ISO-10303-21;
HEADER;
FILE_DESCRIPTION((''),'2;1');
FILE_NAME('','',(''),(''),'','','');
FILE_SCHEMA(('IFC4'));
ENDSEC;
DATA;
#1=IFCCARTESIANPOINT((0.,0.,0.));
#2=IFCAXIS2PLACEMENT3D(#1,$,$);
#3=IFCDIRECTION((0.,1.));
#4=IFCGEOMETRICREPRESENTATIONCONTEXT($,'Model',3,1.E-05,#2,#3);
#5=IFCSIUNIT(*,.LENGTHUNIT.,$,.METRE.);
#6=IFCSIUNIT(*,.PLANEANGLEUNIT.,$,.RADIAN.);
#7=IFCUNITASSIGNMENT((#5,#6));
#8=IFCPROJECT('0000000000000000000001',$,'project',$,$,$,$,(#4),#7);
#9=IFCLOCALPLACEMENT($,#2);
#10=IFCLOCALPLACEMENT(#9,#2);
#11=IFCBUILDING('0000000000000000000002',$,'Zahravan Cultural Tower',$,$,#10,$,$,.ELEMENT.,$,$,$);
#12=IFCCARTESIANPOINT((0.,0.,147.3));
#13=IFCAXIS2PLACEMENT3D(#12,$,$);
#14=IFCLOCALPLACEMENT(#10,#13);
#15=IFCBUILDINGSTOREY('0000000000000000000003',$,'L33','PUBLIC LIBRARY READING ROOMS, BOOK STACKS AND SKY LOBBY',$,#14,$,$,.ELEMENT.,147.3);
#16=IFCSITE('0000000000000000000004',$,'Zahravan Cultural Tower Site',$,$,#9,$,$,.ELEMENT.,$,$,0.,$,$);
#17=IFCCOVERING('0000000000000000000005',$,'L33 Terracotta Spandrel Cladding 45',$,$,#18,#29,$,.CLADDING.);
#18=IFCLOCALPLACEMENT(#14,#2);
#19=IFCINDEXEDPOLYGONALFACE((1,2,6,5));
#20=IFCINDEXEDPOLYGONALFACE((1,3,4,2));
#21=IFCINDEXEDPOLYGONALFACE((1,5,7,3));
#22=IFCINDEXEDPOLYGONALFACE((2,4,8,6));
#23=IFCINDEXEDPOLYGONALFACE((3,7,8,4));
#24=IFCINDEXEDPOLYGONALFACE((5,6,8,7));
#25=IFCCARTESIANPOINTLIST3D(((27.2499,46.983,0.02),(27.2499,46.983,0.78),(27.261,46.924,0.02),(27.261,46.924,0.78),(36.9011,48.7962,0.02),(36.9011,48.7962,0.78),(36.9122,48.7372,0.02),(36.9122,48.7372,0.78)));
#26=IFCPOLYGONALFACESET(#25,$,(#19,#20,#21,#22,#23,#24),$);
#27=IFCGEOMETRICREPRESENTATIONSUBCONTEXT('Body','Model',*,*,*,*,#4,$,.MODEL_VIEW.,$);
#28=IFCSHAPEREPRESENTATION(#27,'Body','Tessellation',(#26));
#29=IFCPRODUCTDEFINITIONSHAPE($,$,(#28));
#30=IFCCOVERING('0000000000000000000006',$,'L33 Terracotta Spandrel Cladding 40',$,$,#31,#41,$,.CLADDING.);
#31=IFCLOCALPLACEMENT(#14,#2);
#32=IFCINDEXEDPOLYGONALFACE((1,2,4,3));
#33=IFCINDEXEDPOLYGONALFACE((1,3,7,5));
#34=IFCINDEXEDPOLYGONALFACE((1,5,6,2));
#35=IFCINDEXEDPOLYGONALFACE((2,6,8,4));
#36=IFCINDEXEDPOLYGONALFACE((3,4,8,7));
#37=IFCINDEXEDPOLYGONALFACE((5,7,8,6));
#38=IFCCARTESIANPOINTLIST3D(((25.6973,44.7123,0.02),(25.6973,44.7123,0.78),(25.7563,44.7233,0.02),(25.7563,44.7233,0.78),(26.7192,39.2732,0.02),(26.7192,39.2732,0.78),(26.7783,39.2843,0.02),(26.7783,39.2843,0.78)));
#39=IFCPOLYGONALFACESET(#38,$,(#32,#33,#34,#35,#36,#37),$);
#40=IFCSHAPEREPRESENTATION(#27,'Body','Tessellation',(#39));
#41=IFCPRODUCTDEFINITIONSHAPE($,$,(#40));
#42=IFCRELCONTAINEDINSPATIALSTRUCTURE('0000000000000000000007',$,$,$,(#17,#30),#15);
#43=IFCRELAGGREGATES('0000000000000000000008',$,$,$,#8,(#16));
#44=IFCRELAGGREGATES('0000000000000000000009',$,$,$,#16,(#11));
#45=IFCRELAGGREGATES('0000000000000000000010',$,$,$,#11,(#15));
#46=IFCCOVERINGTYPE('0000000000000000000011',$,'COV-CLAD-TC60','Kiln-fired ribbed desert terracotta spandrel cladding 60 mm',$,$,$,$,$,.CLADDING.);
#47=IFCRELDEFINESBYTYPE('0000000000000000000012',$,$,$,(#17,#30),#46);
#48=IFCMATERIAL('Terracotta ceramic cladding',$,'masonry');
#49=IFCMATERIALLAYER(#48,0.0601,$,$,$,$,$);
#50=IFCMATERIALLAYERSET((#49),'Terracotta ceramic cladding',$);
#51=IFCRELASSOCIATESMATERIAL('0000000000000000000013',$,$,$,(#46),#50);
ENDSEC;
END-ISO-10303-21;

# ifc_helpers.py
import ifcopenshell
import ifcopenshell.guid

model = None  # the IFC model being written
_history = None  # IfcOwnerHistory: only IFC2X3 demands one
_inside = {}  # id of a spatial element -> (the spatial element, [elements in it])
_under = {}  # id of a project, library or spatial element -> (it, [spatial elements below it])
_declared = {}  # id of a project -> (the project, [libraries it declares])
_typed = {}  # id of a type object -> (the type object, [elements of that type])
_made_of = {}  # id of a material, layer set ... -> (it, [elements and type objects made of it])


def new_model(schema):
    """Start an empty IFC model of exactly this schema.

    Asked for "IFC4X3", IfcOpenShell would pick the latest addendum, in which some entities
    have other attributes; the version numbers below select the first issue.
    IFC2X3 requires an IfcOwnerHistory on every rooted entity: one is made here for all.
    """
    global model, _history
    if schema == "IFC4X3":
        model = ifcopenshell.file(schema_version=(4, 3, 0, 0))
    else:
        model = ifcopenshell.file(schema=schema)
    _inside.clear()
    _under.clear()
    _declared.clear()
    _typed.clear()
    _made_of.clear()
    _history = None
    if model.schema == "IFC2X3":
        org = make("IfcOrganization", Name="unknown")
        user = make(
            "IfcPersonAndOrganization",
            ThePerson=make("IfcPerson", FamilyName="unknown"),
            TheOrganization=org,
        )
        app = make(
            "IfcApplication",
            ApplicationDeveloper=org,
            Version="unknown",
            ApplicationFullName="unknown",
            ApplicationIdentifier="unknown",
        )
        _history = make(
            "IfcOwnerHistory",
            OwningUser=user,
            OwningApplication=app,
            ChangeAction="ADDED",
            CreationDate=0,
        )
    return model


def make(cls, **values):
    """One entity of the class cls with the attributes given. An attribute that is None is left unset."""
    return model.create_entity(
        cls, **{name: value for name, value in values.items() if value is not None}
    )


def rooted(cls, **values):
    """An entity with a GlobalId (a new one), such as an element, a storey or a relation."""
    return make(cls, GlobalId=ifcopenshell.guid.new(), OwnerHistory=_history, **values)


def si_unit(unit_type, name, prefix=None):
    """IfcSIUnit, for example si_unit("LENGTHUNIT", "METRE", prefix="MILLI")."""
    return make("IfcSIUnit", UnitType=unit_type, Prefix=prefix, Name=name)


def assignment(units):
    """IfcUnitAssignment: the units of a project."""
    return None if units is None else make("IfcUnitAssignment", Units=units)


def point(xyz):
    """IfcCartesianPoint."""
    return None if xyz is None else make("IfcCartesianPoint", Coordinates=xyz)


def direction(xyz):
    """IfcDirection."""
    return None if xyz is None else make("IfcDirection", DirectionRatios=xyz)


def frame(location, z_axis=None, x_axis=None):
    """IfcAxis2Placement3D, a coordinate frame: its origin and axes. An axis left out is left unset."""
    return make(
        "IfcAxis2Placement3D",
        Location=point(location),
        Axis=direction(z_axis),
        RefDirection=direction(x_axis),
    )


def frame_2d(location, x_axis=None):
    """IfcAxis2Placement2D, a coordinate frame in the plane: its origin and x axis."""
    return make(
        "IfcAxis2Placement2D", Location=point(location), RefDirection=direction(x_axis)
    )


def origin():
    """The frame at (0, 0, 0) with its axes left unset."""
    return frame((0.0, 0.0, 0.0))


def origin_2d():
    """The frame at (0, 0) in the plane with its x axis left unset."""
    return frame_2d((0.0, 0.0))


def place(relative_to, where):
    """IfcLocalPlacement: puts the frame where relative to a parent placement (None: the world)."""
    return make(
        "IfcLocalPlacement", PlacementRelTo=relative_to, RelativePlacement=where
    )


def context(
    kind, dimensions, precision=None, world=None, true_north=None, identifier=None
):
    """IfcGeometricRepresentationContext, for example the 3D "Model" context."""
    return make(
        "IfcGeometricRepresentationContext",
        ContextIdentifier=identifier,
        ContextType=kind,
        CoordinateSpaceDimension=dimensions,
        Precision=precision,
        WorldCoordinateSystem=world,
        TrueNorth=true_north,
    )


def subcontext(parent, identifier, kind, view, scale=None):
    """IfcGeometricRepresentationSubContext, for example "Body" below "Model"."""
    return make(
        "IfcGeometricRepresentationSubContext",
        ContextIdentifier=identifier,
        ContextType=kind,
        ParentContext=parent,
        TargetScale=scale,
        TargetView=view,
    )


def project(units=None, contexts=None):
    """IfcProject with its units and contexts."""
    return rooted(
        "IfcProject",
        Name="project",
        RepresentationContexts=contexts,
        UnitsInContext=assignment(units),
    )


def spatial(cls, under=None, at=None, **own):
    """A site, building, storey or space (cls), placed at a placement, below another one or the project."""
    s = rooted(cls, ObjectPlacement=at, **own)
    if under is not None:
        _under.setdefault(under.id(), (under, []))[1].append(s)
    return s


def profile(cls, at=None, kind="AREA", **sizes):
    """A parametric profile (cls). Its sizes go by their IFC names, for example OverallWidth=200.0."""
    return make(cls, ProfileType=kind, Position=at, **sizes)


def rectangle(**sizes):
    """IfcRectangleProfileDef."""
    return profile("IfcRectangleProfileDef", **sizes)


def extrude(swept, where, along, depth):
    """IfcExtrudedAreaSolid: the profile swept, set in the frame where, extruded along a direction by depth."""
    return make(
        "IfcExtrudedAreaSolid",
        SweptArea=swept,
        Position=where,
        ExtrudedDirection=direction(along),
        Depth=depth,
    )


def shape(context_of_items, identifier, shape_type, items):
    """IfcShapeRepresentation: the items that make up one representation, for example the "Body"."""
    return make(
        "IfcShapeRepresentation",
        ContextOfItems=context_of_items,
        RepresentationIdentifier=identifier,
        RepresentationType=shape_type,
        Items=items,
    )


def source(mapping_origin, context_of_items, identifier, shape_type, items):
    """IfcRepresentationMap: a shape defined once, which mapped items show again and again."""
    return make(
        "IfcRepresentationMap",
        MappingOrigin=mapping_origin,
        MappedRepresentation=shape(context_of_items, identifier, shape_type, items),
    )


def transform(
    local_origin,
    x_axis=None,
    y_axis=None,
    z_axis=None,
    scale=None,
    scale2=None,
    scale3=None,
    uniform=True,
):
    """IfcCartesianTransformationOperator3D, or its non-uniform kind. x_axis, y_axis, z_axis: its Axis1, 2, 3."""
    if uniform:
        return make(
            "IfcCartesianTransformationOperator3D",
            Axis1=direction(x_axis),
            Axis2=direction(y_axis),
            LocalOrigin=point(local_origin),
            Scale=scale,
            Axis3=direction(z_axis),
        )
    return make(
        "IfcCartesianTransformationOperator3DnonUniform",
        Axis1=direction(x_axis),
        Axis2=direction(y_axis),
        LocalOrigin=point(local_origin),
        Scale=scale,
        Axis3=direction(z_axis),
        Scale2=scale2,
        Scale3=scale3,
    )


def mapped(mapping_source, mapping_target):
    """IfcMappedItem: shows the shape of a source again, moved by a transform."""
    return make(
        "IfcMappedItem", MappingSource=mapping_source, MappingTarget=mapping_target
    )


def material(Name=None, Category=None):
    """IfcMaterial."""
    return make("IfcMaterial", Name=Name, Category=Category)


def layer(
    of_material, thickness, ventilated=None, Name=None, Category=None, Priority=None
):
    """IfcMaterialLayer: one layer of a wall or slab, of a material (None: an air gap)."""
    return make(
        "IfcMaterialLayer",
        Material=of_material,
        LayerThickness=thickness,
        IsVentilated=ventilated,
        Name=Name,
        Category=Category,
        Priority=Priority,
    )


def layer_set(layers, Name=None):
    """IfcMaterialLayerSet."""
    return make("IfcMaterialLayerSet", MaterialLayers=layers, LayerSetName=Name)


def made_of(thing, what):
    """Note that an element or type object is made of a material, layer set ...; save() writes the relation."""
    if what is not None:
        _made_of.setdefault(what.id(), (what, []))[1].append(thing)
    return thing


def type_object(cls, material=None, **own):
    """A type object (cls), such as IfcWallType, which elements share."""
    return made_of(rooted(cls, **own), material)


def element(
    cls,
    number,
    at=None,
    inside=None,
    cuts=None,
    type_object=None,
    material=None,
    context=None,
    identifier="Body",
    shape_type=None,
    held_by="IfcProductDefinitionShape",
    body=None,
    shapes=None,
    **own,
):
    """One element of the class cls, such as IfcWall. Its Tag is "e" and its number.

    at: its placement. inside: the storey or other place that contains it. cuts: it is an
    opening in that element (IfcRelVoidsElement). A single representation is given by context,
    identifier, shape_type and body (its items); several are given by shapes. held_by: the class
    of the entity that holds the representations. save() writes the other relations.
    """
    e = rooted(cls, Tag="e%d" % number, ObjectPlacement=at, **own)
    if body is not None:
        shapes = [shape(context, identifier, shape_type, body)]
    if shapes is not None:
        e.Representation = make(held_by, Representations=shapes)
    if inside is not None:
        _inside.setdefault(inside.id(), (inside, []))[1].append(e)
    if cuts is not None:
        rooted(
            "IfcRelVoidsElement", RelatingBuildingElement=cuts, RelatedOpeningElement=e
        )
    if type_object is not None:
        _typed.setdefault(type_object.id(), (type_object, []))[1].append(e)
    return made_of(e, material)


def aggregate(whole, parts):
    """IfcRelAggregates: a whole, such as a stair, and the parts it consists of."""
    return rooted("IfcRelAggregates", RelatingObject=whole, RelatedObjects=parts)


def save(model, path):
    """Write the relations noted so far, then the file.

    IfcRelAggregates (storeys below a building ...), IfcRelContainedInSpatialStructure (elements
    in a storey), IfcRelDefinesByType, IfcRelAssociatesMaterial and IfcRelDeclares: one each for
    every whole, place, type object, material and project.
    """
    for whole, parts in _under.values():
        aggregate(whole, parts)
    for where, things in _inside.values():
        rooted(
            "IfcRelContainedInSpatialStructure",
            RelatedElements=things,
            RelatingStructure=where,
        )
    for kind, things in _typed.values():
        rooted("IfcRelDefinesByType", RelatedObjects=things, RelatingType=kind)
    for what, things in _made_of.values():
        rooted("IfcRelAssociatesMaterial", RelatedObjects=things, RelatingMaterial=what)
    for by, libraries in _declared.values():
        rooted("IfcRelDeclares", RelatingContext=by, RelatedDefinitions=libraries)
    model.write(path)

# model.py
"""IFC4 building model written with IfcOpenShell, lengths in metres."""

from ifc_helpers import new_model, si_unit, direction, frame, origin, origin_2d, place, context, subcontext, project, spatial, rectangle, extrude, source, transform, mapped, material, layer, layer_set, type_object, element, save


model = new_model("IFC4")

# Units and contexts
model_context = context("Model", 3, precision=1e-05, world=origin(), true_north=direction((0.0, 1.0)))
body_context = subcontext(model_context, "Body", "Model", "MODEL_VIEW")
ifc_project = project(units=[si_unit("LENGTHUNIT", "METRE"), si_unit("PLANEANGLEUNIT", "RADIAN")], contexts=[model_context])

# Site, building, storey
site_placement = place(None, origin())
site = spatial("IfcSite", under=ifc_project, at=site_placement, Name="Zahravan Cultural Tower Site", CompositionType="ELEMENT", RefElevation=0.0)
building_placement = place(site_placement, origin())
building = spatial("IfcBuilding", under=site, at=building_placement, Name="Zahravan Cultural Tower", CompositionType="ELEMENT")
storey_placement = place(building_placement, frame((0.0, 0.0, 147.3)))
storey = spatial("IfcBuildingStorey", under=building, at=storey_placement, Name="L33", Description="PUBLIC LIBRARY READING ROOMS, BOOK STACKS AND SKY LOBBY", CompositionType="ELEMENT", Elevation=147.3)

# Coverings
ifc_material_1 = material(Name="Terracotta ceramic cladding", Category="masonry")
ifc_layer_1 = layer(ifc_material_1, 0.0601)
ifc_layer_set_1 = layer_set([ifc_layer_1], Name="Terracotta ceramic cladding")
covering_type = type_object("IfcCoveringType", Name="COV-CLAD-TC60", Description="Kiln-fired ribbed desert terracotta spandrel cladding 60 mm", PredefinedType="CLADDING", material=ifc_layer_set_1)
shared_shape_1 = source(origin(), body_context, "Body", "SweptSolid", [
    extrude(rectangle(XDim=9.8201, YDim=0.0601, at=origin_2d()), origin(), (0.0, 0.0, 1.0), 0.76),
])
covering_1_placement = place(storey_placement, frame((32.0811, 47.8601, 0.02), z_axis=(0.0, 0.0, 1.0), x_axis=(0.982807, 0.184638, 0.0)))
element("IfcCovering", 1, at=covering_1_placement, inside=storey, type_object=covering_type, Name="L33 Terracotta Spandrel Cladding 45", PredefinedType="CLADDING", context=body_context, shape_type="MappedRepresentation", body=[
    mapped(shared_shape_1, transform((0.0, 0.0, 0.0), x_axis=(1.0, 0.0, 0.0), y_axis=(0.0, 1.0, 0.0), z_axis=(0.0, 0.0, 1.0), scale=1.0)),
])
shared_shape_2 = source(origin(), body_context, "Body", "SweptSolid", [
    extrude(rectangle(XDim=5.5342, YDim=0.0601, at=origin_2d()), origin(), (0.0, 0.0, 1.0), 0.76),
])
covering_2_placement = place(storey_placement, frame((26.2378, 41.9983, 0.02), z_axis=(0.0, 0.0, 1.0), x_axis=(-0.184655, 0.982803, 0.0)))
element("IfcCovering", 2, at=covering_2_placement, inside=storey, type_object=covering_type, Name="L33 Terracotta Spandrel Cladding 40", PredefinedType="CLADDING", context=body_context, shape_type="MappedRepresentation", body=[
    mapped(shared_shape_2, transform((0.0, 0.0, 0.0), x_axis=(1.0, 0.0, 0.0), y_axis=(0.0, 1.0, 0.0), z_axis=(0.0, 0.0, 1.0), scale=1.0)),
])

save(model, "model.ifc")
